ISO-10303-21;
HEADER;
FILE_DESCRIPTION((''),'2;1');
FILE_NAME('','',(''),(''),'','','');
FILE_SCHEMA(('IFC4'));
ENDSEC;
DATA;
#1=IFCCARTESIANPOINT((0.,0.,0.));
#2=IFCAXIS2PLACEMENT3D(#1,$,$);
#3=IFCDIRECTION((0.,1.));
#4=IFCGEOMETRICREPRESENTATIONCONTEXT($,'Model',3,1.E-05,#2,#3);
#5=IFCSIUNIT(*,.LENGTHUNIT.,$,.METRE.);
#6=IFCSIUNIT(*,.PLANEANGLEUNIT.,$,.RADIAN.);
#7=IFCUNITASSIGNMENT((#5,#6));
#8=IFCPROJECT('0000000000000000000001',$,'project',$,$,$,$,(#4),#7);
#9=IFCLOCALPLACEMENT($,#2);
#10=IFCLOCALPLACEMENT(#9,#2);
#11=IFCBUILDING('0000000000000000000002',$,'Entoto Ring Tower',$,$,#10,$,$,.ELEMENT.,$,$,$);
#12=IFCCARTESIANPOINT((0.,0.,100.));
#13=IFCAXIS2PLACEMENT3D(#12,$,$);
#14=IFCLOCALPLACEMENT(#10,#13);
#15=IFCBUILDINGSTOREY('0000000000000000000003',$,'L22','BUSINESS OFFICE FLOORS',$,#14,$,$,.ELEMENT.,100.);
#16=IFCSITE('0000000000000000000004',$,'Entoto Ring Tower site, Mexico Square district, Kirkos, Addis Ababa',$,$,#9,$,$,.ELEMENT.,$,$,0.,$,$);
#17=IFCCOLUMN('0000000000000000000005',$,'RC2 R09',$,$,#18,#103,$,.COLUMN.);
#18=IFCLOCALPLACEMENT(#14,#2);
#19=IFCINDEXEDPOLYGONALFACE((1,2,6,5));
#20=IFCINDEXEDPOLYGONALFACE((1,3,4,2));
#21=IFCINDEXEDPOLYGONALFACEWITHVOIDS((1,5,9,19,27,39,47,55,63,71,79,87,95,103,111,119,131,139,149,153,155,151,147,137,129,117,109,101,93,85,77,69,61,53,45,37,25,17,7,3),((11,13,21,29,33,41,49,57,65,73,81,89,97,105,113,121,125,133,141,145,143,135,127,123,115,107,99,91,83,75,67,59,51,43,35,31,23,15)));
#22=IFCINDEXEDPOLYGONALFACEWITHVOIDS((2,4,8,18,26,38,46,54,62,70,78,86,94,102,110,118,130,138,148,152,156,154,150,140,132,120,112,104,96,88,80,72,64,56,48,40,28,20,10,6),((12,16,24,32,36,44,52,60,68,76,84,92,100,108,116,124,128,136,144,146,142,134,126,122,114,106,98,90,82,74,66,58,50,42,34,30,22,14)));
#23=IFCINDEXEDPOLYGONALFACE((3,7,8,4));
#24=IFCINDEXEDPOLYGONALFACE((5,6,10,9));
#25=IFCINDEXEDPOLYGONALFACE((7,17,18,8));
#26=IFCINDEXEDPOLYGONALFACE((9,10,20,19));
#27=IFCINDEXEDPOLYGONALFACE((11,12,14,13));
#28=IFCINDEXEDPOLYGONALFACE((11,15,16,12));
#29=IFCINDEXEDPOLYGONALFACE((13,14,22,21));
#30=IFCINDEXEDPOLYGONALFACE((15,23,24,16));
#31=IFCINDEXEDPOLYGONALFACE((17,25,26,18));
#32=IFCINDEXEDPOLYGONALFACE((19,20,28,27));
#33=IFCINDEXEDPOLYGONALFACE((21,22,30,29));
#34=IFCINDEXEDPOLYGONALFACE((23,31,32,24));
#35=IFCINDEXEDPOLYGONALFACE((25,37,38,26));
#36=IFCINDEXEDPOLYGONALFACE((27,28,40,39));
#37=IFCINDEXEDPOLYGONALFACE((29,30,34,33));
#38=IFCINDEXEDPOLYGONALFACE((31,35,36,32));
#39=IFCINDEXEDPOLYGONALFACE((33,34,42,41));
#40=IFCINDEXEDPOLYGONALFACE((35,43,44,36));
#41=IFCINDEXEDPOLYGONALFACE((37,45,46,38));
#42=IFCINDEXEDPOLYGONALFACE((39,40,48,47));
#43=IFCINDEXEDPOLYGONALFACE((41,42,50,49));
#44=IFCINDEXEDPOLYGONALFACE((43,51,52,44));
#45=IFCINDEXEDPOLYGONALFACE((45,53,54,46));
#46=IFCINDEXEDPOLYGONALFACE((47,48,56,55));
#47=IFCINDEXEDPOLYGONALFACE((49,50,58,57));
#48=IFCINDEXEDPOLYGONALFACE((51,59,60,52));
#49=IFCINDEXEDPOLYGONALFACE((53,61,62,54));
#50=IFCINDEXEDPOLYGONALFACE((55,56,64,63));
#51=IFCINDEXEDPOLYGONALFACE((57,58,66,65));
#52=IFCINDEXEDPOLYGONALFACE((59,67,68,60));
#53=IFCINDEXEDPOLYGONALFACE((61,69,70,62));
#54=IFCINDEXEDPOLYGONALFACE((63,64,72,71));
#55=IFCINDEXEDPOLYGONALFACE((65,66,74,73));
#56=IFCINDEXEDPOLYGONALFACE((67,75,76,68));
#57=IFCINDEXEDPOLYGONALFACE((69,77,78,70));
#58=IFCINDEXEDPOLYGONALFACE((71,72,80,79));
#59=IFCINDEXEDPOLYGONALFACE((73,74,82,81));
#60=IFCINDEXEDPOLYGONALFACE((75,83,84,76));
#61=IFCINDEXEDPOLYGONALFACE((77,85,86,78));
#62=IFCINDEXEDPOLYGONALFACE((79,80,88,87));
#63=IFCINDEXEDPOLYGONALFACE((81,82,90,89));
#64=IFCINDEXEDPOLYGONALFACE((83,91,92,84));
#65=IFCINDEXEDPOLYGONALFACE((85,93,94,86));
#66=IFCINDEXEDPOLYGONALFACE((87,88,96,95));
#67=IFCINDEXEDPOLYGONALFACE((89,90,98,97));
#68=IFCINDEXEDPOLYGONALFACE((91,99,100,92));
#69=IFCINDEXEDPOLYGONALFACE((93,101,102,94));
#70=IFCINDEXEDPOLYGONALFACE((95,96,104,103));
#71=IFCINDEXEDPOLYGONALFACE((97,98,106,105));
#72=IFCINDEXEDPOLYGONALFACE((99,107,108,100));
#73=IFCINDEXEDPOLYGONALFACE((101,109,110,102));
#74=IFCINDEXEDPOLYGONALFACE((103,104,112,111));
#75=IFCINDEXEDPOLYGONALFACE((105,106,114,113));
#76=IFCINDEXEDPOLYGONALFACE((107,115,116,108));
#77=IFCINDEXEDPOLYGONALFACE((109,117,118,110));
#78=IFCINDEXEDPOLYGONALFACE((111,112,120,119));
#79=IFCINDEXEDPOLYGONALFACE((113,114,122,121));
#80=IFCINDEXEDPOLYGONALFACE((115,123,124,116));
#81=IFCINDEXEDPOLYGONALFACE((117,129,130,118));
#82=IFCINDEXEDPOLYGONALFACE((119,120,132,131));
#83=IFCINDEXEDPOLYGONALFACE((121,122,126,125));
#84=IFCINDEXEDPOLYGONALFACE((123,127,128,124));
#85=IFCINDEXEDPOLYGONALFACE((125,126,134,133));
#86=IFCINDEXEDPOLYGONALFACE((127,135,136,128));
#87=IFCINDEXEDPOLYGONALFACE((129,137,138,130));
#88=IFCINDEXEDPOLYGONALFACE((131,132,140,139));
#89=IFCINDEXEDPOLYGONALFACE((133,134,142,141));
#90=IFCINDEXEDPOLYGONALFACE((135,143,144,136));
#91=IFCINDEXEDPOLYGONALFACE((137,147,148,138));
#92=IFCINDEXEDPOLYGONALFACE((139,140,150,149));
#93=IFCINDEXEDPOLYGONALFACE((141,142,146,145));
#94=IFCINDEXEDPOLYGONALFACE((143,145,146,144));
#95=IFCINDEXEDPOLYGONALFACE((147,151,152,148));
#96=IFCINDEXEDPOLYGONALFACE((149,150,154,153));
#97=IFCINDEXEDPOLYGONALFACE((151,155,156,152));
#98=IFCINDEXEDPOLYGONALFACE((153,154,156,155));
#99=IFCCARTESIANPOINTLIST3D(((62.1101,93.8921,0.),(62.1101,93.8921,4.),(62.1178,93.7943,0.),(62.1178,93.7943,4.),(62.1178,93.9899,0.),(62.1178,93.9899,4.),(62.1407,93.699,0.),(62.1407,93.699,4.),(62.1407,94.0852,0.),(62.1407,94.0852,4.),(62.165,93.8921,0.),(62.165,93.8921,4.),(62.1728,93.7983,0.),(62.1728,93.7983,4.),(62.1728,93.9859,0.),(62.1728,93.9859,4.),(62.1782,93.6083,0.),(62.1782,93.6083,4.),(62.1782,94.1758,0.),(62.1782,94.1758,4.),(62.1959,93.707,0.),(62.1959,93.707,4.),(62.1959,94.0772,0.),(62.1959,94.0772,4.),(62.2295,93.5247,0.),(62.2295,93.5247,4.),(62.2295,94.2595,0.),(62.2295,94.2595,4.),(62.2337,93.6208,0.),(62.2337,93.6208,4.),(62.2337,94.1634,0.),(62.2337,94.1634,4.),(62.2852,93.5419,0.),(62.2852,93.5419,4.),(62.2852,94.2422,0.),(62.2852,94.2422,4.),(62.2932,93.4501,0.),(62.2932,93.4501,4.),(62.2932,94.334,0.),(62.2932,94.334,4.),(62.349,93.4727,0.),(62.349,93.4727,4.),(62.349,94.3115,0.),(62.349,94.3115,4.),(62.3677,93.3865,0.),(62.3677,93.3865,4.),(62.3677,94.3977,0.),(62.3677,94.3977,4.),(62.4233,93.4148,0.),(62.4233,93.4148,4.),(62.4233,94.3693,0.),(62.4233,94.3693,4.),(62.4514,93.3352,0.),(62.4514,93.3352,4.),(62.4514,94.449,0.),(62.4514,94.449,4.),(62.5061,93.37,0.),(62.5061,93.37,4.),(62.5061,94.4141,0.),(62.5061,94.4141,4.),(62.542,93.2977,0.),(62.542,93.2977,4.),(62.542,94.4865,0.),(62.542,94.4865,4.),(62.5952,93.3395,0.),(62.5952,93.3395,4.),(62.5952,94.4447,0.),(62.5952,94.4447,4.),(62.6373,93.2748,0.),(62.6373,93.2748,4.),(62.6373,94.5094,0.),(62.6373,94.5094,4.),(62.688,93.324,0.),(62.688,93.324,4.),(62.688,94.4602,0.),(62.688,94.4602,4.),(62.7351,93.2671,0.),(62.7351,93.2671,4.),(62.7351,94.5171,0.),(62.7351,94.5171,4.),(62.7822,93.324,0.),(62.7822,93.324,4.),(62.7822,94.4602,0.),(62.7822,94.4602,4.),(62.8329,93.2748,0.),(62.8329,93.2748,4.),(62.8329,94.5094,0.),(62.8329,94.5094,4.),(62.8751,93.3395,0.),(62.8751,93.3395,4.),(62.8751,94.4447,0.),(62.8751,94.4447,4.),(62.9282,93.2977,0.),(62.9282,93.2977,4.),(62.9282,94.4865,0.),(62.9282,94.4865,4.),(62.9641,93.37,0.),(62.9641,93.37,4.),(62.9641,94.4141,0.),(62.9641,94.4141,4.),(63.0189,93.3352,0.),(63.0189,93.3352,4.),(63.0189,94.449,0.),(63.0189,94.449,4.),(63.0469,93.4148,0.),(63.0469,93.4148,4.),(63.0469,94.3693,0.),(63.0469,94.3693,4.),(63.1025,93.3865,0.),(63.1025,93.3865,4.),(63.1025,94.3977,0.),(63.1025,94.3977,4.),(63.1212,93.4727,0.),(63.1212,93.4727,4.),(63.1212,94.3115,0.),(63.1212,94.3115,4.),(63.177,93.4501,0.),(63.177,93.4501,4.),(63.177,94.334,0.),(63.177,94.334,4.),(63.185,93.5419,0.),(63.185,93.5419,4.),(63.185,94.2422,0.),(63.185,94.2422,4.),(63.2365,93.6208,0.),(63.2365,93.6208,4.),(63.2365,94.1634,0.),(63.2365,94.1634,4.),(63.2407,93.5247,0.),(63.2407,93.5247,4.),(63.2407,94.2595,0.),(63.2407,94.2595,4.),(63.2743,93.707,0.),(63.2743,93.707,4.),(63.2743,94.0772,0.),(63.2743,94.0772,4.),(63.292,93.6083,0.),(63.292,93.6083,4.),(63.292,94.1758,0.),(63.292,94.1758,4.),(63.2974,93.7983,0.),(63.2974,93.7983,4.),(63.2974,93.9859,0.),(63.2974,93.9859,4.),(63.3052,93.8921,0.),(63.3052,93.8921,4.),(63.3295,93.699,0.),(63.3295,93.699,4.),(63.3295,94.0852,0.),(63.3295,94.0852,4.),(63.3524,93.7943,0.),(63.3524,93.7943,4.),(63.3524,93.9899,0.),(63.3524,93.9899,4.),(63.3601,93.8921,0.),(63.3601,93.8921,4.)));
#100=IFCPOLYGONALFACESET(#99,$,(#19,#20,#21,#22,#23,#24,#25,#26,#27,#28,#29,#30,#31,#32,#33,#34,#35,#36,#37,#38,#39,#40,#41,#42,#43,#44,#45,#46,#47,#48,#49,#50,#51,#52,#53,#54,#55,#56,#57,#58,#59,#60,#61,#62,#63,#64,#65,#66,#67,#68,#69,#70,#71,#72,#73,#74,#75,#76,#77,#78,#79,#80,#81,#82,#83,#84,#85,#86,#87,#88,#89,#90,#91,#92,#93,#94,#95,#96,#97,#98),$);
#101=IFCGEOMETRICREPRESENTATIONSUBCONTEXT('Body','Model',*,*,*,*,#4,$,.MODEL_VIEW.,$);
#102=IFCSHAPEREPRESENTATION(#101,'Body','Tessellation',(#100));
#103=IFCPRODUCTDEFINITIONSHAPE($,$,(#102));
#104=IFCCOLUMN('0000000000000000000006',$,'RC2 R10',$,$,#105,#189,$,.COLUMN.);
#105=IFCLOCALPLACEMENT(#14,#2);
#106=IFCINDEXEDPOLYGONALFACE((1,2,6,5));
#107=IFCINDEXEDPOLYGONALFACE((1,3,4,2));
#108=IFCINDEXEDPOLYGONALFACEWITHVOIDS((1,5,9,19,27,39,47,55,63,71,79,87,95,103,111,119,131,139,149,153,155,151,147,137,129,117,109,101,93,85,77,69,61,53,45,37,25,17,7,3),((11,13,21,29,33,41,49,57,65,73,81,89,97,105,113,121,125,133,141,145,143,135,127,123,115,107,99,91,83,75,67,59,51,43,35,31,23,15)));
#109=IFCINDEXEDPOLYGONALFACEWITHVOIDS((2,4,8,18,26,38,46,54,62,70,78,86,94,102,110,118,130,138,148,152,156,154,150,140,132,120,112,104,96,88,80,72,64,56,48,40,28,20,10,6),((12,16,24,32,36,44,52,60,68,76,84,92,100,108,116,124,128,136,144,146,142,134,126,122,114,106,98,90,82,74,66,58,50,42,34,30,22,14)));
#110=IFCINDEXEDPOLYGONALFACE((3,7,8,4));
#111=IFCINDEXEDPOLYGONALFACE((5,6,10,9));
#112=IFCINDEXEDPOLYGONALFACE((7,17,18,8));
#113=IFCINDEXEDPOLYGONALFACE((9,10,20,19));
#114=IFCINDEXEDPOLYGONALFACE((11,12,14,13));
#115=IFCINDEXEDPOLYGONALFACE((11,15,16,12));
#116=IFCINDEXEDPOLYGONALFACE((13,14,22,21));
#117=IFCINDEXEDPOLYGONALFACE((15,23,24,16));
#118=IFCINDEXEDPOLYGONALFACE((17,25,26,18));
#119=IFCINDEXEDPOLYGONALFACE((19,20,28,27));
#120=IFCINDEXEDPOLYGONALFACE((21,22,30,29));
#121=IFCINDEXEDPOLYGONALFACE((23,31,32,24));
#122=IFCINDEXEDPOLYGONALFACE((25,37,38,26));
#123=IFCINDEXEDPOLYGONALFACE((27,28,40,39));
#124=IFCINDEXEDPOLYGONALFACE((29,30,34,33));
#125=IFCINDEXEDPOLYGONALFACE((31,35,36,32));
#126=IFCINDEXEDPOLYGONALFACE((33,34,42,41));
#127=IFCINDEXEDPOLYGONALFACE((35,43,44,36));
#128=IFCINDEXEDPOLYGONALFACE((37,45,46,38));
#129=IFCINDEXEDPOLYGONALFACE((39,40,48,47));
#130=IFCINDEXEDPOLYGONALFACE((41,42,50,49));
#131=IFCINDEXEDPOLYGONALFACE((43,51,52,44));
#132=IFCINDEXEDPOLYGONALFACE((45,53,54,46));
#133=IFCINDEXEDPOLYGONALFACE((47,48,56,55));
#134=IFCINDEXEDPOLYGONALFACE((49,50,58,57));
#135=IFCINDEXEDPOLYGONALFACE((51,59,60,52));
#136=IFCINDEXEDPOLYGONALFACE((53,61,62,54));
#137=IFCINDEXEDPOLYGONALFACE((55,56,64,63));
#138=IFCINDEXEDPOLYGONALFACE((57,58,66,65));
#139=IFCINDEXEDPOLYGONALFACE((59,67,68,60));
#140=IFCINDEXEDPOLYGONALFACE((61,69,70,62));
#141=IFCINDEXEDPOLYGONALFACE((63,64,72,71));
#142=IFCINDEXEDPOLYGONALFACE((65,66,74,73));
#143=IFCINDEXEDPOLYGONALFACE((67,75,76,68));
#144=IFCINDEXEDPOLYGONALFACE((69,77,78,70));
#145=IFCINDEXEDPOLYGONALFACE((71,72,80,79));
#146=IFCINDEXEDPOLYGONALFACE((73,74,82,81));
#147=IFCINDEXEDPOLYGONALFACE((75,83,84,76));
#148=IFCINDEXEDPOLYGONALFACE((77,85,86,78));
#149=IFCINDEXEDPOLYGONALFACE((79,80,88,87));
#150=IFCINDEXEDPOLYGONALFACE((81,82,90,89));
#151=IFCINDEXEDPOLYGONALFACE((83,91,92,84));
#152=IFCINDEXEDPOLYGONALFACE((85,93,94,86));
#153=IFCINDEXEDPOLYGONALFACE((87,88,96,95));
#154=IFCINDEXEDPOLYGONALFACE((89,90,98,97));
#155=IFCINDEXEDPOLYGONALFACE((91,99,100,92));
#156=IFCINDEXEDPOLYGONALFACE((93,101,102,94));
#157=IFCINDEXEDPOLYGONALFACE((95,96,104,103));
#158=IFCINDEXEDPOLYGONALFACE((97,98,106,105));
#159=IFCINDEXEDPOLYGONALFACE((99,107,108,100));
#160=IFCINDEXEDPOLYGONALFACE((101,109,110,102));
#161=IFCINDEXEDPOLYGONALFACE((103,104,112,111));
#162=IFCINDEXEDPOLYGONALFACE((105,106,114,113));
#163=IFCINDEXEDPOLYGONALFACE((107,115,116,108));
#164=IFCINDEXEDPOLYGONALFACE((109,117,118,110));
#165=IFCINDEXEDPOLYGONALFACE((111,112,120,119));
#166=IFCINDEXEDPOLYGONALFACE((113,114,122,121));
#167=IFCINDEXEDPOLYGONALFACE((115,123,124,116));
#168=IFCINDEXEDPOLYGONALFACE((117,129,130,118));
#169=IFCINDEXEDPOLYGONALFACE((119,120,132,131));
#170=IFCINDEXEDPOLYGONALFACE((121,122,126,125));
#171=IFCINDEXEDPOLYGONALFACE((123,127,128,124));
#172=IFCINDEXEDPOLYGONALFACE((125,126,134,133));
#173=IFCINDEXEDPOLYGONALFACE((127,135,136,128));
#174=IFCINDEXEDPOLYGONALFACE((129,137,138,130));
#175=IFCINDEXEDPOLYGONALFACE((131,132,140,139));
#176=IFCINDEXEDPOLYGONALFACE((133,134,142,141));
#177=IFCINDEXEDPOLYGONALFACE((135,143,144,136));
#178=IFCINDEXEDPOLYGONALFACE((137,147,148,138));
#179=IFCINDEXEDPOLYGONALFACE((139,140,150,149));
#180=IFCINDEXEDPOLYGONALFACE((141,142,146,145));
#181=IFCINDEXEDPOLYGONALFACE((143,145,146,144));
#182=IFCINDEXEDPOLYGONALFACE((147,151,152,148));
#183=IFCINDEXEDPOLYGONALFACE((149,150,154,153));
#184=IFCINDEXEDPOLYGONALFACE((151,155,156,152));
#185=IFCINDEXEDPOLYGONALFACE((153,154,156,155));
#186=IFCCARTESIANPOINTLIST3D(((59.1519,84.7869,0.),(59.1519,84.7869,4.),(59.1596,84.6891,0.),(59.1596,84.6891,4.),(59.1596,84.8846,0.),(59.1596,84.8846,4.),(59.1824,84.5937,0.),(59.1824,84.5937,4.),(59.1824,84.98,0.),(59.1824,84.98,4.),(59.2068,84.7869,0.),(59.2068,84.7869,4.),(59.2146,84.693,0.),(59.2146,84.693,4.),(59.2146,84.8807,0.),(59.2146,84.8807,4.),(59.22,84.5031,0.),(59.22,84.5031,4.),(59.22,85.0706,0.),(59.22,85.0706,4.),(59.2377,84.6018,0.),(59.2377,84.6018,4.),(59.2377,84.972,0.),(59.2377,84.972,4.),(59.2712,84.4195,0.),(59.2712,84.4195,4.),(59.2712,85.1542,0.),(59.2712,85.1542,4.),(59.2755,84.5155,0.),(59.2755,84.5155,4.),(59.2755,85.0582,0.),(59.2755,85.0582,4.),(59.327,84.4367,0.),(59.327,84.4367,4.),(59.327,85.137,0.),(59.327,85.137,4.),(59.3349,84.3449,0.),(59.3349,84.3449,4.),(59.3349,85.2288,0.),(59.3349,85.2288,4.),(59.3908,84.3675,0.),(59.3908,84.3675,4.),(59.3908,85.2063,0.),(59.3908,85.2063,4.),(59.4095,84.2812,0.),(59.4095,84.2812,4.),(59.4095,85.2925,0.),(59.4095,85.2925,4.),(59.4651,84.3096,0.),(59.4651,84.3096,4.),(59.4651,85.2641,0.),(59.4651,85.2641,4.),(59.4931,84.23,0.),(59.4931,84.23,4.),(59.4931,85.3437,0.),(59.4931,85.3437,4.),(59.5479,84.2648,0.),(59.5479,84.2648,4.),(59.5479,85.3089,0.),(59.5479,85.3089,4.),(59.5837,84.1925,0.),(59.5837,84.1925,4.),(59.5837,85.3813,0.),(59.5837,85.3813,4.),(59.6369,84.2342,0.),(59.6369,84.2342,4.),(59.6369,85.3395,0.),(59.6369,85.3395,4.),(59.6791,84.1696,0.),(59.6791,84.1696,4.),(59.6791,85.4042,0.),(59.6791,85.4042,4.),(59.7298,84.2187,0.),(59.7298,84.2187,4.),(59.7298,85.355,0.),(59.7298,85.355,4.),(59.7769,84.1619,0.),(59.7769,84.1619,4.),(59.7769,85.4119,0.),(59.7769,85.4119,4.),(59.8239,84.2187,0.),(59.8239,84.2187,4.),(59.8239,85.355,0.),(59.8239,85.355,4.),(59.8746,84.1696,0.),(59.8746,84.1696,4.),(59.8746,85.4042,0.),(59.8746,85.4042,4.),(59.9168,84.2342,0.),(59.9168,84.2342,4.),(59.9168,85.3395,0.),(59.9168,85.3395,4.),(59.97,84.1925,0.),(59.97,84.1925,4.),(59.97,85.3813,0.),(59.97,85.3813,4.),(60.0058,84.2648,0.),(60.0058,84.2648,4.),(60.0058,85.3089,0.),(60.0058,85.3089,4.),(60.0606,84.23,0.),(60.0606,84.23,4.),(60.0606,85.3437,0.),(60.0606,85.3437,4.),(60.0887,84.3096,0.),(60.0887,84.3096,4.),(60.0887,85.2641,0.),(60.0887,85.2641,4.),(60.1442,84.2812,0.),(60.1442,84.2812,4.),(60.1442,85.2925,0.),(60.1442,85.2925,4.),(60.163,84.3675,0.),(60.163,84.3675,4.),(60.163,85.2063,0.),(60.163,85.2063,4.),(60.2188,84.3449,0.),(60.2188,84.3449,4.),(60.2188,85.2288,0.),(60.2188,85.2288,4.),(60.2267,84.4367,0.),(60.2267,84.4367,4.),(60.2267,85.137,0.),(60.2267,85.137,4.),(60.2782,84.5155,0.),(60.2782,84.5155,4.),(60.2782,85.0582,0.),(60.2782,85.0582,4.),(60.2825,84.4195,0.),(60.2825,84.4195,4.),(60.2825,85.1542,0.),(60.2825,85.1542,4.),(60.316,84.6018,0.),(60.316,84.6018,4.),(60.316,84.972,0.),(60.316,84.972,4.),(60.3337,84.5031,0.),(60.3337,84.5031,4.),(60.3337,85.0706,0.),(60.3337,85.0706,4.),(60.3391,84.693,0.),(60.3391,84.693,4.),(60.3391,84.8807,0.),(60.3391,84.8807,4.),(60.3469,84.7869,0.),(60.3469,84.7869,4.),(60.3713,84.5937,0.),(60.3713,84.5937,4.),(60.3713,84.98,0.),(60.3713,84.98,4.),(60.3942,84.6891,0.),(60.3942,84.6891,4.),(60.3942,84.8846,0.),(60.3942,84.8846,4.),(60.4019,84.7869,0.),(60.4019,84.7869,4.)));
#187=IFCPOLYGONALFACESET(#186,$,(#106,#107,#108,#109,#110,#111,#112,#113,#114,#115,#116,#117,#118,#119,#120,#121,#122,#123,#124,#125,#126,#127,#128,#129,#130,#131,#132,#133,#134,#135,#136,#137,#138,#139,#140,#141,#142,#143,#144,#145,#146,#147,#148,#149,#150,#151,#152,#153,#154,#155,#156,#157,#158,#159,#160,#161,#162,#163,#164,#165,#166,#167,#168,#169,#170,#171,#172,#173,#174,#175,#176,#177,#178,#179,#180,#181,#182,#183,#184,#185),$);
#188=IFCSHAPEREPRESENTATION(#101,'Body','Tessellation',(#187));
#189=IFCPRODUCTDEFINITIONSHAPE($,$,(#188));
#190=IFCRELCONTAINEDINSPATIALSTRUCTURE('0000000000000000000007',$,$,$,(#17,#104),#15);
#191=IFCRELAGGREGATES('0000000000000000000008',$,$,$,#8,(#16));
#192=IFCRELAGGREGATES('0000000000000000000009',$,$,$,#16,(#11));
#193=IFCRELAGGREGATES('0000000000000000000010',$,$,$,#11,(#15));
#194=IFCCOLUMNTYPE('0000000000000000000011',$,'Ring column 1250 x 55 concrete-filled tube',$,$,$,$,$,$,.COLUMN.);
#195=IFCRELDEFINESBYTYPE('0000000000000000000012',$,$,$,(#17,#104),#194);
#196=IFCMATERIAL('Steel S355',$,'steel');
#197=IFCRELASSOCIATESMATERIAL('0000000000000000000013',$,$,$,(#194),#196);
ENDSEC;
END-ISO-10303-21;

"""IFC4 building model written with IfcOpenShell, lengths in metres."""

from ifc_helpers import new_model, si_unit, direction, frame, origin, origin_2d, place, context, subcontext, project, spatial, circle, hollow_circle, extrude, material, material_profile, profile_set, type_object, element, save


model = new_model("IFC4")

# Units and contexts
model_context = context("Model", 3, precision=1e-05, world=origin(), true_north=direction((0.0, 1.0)))
body_context = subcontext(model_context, "Body", "Model", "MODEL_VIEW")
ifc_project = project(units=[si_unit("LENGTHUNIT", "METRE"), si_unit("PLANEANGLEUNIT", "RADIAN")], contexts=[model_context])

# Site, building, storey
site_placement = place(None, origin())
site = spatial("IfcSite", under=ifc_project, at=site_placement, Name="Entoto Ring Tower site, Mexico Square district, Kirkos, Addis Ababa", CompositionType="ELEMENT", RefElevation=0.0)
building_placement = place(site_placement, origin())
building = spatial("IfcBuilding", under=site, at=building_placement, Name="Entoto Ring Tower", CompositionType="ELEMENT")
storey_placement = place(building_placement, frame((0.0, 0.0, 100.0)))
storey = spatial("IfcBuildingStorey", under=building, at=storey_placement, Name="L22", Description="BUSINESS OFFICE FLOORS", CompositionType="ELEMENT", Elevation=100.0)

# Columns
ifc_material_1 = material(Name="Steel S355", Category="steel")
ifc_material_profile_1 = material_profile(ifc_material_1, hollow_circle(Radius=0.625, WallThickness=0.0549, at=origin_2d()), Name="CHS 1250 x 55")
ifc_material_2 = material(Name="Concrete C60/75", Category="concrete")
ifc_material_profile_2 = material_profile(ifc_material_2, circle(Radius=0.5701, at=origin_2d()), Name="Concrete C60/75 infill")
ifc_profile_set_1 = profile_set([ifc_material_profile_1, ifc_material_profile_2], Name="Steel S355")
column_type = type_object("IfcColumnType", Name="Ring column 1250 x 55 concrete-filled tube", PredefinedType="COLUMN", material=ifc_profile_set_1)
for number, where, z_axis, x_axis, name in (
    (1, (62.7351, 93.8921, 0.0), (0.0, 0.0, 1.0), (1.0, 0.0, 0.0), "RC2 R09"),
    (2, (59.7769, 84.7869, 0.0), (0.0, 0.0, 1.0), (1.0, 0.0, 0.0), "RC2 R10"),
):
    element("IfcColumn", number, at=place(storey_placement, frame(where, z_axis=z_axis, x_axis=x_axis)), inside=storey, type_object=column_type, Name=name, PredefinedType="COLUMN", context=body_context, shape_type="SweptSolid", body=[
        extrude(hollow_circle(Radius=0.625, WallThickness=0.0549, at=origin_2d()), origin(), (0.0, 0.0, 1.0), 4.0),
    ])

save(model, "model.ifc")
